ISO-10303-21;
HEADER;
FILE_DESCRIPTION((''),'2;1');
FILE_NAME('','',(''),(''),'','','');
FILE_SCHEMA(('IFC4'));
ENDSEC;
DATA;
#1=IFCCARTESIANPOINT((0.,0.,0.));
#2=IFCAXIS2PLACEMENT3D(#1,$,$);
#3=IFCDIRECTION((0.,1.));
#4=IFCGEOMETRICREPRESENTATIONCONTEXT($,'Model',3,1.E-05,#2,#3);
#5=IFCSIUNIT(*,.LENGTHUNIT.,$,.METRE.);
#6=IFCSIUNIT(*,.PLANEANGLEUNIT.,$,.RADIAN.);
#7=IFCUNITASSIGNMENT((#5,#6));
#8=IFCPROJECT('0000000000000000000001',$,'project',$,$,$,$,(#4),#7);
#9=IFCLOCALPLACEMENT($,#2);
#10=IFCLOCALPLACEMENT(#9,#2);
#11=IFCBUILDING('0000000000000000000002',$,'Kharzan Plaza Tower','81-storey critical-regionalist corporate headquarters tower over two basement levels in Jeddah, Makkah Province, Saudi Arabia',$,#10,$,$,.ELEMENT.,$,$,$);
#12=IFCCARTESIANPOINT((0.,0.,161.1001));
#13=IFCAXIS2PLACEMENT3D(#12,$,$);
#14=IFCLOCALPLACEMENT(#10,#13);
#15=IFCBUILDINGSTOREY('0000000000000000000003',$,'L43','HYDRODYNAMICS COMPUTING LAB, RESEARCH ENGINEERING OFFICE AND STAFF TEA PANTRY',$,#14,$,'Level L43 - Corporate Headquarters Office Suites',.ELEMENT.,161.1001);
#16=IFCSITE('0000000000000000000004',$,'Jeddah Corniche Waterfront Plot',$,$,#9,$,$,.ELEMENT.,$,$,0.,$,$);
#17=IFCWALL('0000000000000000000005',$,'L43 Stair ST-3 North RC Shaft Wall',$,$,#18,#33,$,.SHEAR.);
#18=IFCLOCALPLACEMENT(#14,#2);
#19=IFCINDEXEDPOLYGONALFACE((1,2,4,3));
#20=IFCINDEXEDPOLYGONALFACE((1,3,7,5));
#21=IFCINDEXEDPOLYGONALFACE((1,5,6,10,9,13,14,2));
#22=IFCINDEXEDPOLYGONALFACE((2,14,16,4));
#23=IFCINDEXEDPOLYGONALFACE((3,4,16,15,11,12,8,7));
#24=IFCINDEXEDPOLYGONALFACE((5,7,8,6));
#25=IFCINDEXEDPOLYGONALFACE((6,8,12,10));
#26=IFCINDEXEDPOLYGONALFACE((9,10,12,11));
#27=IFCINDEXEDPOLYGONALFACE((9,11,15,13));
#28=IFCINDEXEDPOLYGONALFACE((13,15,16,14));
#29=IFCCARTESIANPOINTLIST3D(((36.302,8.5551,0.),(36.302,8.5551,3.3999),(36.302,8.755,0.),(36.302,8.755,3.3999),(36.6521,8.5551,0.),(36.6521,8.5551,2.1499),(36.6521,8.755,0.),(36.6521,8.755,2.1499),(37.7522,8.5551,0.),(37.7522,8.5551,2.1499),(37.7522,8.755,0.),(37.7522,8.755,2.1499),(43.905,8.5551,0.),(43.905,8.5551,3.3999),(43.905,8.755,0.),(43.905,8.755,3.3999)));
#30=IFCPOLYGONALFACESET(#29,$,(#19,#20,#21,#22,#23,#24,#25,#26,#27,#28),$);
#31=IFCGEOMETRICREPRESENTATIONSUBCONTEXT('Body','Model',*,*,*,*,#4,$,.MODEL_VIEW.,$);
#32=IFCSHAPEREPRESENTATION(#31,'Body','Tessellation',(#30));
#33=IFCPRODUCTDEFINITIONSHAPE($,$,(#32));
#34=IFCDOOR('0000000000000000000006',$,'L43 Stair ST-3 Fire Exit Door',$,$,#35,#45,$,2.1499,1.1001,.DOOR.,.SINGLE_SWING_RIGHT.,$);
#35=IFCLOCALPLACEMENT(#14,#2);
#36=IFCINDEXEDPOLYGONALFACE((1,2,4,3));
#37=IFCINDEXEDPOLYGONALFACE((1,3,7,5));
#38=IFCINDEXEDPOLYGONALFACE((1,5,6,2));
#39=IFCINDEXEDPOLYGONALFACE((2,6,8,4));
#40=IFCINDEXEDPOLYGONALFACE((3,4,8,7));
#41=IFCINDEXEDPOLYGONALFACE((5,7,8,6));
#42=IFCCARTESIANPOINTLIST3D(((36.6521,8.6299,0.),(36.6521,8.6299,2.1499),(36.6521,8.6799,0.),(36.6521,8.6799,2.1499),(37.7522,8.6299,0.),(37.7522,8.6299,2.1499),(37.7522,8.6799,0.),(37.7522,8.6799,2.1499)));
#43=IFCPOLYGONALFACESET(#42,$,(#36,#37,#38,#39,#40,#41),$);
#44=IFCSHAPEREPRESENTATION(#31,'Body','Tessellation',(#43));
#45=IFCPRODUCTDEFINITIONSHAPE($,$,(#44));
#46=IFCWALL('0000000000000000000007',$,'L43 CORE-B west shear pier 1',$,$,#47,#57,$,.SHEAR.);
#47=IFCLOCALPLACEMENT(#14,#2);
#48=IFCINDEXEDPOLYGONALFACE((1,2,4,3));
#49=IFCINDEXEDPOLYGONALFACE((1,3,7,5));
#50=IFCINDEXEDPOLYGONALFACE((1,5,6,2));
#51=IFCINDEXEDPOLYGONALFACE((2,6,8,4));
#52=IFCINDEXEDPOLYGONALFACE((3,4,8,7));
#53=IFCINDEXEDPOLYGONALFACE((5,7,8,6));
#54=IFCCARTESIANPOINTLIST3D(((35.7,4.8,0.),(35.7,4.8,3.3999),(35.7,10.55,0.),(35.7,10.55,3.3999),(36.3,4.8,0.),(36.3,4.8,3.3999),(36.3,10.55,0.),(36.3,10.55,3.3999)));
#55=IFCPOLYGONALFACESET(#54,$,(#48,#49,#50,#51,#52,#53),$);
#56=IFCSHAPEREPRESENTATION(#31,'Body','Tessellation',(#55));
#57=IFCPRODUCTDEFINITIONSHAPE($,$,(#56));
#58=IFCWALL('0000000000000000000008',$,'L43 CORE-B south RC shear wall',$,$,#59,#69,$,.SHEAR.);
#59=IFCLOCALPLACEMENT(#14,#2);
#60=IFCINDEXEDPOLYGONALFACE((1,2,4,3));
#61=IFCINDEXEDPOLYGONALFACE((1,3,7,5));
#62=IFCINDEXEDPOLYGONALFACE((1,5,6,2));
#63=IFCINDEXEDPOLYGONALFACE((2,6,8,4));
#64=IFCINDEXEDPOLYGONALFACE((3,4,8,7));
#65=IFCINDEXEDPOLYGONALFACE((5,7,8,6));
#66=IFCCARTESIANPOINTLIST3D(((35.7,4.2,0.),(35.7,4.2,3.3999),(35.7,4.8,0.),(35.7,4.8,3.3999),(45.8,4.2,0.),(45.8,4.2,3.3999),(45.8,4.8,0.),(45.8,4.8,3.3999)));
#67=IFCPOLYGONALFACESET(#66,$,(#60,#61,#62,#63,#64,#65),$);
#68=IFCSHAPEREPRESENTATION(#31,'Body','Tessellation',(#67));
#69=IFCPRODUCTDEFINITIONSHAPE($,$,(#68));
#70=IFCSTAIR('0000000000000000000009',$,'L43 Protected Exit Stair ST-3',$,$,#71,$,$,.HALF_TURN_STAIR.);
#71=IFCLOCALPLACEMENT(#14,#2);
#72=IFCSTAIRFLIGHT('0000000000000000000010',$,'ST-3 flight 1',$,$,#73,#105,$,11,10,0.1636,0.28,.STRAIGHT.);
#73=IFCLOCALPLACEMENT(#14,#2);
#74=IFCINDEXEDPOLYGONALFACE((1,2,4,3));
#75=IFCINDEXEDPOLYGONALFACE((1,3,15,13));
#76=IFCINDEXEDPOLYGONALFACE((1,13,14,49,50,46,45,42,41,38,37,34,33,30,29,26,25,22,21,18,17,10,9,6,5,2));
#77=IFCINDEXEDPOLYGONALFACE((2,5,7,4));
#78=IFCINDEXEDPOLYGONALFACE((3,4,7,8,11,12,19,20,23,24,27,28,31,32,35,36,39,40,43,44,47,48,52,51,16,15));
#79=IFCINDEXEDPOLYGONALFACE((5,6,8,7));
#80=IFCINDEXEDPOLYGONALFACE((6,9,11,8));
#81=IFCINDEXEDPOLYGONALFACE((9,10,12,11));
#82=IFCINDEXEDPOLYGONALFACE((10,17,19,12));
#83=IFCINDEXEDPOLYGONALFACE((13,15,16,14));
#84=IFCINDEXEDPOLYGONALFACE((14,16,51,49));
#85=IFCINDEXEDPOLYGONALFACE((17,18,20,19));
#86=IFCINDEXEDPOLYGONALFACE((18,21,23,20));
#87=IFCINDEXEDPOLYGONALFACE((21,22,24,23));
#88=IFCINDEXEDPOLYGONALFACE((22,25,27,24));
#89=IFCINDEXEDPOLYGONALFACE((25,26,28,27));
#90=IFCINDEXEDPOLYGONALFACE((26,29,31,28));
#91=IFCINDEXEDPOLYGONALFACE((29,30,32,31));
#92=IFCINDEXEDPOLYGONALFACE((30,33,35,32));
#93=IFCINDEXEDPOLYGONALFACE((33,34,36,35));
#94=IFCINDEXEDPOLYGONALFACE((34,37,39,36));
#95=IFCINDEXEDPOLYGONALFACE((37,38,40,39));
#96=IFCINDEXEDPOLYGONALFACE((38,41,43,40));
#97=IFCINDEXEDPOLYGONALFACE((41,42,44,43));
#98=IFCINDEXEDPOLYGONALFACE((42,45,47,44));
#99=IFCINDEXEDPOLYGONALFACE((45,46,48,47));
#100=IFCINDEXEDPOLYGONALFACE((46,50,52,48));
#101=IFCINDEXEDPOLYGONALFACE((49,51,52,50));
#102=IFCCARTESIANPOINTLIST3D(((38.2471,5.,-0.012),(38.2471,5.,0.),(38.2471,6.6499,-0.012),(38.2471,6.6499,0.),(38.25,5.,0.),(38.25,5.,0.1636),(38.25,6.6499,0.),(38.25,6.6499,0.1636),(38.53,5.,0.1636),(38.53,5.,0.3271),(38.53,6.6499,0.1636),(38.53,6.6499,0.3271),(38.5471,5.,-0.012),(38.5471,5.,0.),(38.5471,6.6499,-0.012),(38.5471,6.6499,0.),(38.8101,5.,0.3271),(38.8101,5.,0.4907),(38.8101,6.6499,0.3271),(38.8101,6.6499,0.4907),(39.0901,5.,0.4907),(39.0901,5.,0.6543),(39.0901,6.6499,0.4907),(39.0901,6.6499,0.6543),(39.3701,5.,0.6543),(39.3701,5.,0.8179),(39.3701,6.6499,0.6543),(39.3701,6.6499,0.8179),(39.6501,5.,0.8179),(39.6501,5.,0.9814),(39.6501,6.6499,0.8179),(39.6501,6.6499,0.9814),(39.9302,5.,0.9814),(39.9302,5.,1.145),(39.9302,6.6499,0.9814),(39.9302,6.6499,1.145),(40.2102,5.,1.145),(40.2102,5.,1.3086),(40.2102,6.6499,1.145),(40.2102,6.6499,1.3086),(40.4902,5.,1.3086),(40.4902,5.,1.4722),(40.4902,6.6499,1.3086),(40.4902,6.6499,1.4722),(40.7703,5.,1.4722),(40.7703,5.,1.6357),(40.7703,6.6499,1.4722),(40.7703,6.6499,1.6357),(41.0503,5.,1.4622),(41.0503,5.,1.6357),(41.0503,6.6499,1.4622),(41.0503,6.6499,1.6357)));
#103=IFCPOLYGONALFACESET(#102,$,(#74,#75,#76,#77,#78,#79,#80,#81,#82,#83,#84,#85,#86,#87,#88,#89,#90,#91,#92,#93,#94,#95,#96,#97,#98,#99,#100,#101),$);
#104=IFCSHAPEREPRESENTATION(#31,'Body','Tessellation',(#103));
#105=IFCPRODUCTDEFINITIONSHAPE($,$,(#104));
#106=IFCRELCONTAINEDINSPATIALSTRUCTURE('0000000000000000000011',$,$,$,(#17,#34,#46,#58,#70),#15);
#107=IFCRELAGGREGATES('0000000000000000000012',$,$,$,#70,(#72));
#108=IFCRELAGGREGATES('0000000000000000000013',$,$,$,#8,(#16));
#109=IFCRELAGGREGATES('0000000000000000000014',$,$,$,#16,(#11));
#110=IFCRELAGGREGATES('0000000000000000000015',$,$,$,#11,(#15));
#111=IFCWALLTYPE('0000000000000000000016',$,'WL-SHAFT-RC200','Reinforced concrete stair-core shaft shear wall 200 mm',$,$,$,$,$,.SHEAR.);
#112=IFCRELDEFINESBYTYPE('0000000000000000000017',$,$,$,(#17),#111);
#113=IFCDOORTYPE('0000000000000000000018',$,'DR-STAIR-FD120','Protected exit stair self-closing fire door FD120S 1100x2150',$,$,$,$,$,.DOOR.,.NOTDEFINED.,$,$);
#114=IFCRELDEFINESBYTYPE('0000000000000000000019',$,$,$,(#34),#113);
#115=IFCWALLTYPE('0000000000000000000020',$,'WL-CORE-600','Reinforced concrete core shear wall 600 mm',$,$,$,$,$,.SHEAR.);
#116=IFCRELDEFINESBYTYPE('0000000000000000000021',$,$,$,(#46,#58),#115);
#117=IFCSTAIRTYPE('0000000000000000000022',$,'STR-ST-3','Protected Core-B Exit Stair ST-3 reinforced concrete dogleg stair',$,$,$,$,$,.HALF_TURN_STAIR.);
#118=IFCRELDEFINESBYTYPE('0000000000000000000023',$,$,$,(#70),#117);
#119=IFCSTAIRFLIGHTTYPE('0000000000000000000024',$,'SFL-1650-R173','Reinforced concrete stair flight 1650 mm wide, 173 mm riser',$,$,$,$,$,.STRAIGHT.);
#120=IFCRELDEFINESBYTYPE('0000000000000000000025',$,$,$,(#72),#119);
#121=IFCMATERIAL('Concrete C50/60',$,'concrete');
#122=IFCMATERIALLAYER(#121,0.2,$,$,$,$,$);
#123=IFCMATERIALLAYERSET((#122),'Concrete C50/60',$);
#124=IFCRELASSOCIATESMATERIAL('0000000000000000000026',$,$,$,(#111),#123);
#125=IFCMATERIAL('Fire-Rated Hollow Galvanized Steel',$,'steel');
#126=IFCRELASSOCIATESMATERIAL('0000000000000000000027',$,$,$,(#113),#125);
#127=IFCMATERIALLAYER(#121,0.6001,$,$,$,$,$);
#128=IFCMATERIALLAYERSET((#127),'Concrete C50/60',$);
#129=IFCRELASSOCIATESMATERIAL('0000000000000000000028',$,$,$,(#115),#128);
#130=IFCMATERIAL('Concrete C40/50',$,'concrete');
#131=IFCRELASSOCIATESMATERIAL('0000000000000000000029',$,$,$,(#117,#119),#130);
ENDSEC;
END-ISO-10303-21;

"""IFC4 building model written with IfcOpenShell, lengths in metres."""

from ifc_helpers import new_model, si_unit, direction, frame, frame_2d, origin, place, context, subcontext, project, spatial, polyline, rectangle, outline, extrude, source, transform, mapped, material, layer, layer_set, type_object, element, fill, aggregate, save


model = new_model("IFC4")

# Units and contexts
model_context = context("Model", 3, precision=1e-05, world=origin(), true_north=direction((0.0, 1.0)))
body_context = subcontext(model_context, "Body", "Model", "MODEL_VIEW")
ifc_project = project(units=[si_unit("LENGTHUNIT", "METRE"), si_unit("PLANEANGLEUNIT", "RADIAN")], contexts=[model_context])

# Site, building, storey
site_placement = place(None, origin())
site = spatial("IfcSite", under=ifc_project, at=site_placement, Name="Jeddah Corniche Waterfront Plot", CompositionType="ELEMENT", RefElevation=0.0)
building_placement = place(site_placement, origin())
building = spatial("IfcBuilding", under=site, at=building_placement, Name="Kharzan Plaza Tower", Description="81-storey critical-regionalist corporate headquarters tower over two basement levels in Jeddah, Makkah Province, Saudi Arabia", CompositionType="ELEMENT")
storey_placement = place(building_placement, frame((0.0, 0.0, 161.1001)))
storey = spatial("IfcBuildingStorey", under=building, at=storey_placement, Name="L43", Description="HYDRODYNAMICS COMPUTING LAB, RESEARCH ENGINEERING OFFICE AND STAFF TEA PANTRY", LongName="Level L43 - Corporate Headquarters Office Suites", CompositionType="ELEMENT", Elevation=161.1001)

# Shared definitions
ifc_material_1 = material(Name="Concrete C50/60", Category="concrete")

# Shared definitions
ifc_material_2 = material(Name="Concrete C40/50", Category="concrete")

# Wall, opening, door
ifc_layer_1 = layer(ifc_material_1, 0.2)
ifc_layer_set_1 = layer_set([ifc_layer_1], Name="Concrete C50/60")
wall_type_1 = type_object("IfcWallType", Name="WL-SHAFT-RC200", Description="Reinforced concrete stair-core shaft shear wall 200 mm", PredefinedType="SHEAR", material=ifc_layer_set_1)
wall_1_placement = place(storey_placement, frame((36.302, 8.655, 0.0), z_axis=(0.0, 0.0, 1.0), x_axis=(1.0, 0.0, 0.0)))
wall_1 = element("IfcWall", 1, at=wall_1_placement, inside=storey, type_object=wall_type_1, Name="L43 Stair ST-3 North RC Shaft Wall", PredefinedType="SHEAR", context=body_context, shape_type="SweptSolid", body=[
    extrude(rectangle(XDim=7.603, YDim=0.2, at=frame_2d((3.8015, 0.0))), origin(), (0.0, 0.0, 1.0), 3.3999),
])
opening_1_placement = place(wall_1_placement, frame((0.3501, 0.0, 0.0)))
opening_1 = element("IfcOpeningElement", 2, at=opening_1_placement, cuts=wall_1, PredefinedType="OPENING", context=body_context, shape_type="SweptSolid", body=[
    extrude(rectangle(XDim=1.1001, YDim=2.1499, at=frame_2d((0.55, 1.075))), frame((0.0, 0.1099, 0.0), z_axis=(0.0, -1.0, 0.0), x_axis=(1.0, 0.0, 0.0)), (0.0, 0.0, 1.0), 0.22),
])
ifc_material_3 = material(Name="Fire-Rated Hollow Galvanized Steel", Category="steel")
door_type = type_object("IfcDoorType", Name="DR-STAIR-FD120", Description="Protected exit stair self-closing fire door FD120S 1100x2150", OperationType="NOTDEFINED", PredefinedType="DOOR", material=ifc_material_3)
shared_shape_1 = source(origin(), body_context, "Body", "SweptSolid", [
    extrude(rectangle(XDim=1.1001, YDim=2.1499, at=frame_2d((0.55, 1.075))), frame((0.0, 0.0249, 0.0), z_axis=(0.0, -1.0, 0.0), x_axis=(1.0, 0.0, 0.0)), (0.0, 0.0, 1.0), 0.05),
])
door_placement = place(opening_1_placement, origin())
door = element("IfcDoor", 3, at=door_placement, inside=storey, type_object=door_type, Name="L43 Stair ST-3 Fire Exit Door", OperationType="SINGLE_SWING_RIGHT", OverallHeight=2.1499, OverallWidth=1.1001, PredefinedType="DOOR", context=body_context, shape_type="MappedRepresentation", body=[
    mapped(shared_shape_1, transform((0.0, 0.0, 0.0), x_axis=(1.0, 0.0, 0.0), y_axis=(0.0, 1.0, 0.0), z_axis=(0.0, 0.0, 1.0))),
])
fill(opening_1, door)

# Walls
ifc_layer_2 = layer(ifc_material_1, 0.6001)
ifc_layer_set_2 = layer_set([ifc_layer_2], Name="Concrete C50/60")
wall_type_2 = type_object("IfcWallType", Name="WL-CORE-600", Description="Reinforced concrete core shear wall 600 mm", PredefinedType="SHEAR", material=ifc_layer_set_2)
shared_shape_2 = source(origin(), body_context, "Body", "SweptSolid", [
    extrude(rectangle(XDim=5.75, YDim=0.6001, at=frame_2d((2.875, 0.0))), origin(), (0.0, 0.0, 1.0), 3.3999),
])
wall_2_placement = place(storey_placement, frame((36.0, 4.8, 0.0), z_axis=(0.0, 0.0, 1.0), x_axis=(0.0, 1.0, 0.0)))
element("IfcWall", 4, at=wall_2_placement, inside=storey, type_object=wall_type_2, Name="L43 CORE-B west shear pier 1", PredefinedType="SHEAR", context=body_context, shape_type="MappedRepresentation", body=[
    mapped(shared_shape_2, transform((0.0, 0.0, 0.0), x_axis=(1.0, 0.0, 0.0), y_axis=(0.0, 1.0, 0.0), z_axis=(0.0, 0.0, 1.0))),
])
shared_shape_3 = source(origin(), body_context, "Body", "SweptSolid", [
    extrude(rectangle(XDim=10.1001, YDim=0.6001, at=frame_2d((5.05, 0.0))), origin(), (0.0, 0.0, 1.0), 3.3999),
])
wall_3_placement = place(storey_placement, frame((35.7, 4.5, 0.0), z_axis=(0.0, 0.0, 1.0), x_axis=(1.0, 0.0, 0.0)))
element("IfcWall", 5, at=wall_3_placement, inside=storey, type_object=wall_type_2, Name="L43 CORE-B south RC shear wall", PredefinedType="SHEAR", context=body_context, shape_type="MappedRepresentation", body=[
    mapped(shared_shape_3, transform((0.0, 0.0, 0.0), x_axis=(1.0, 0.0, 0.0), y_axis=(0.0, 1.0, 0.0), z_axis=(0.0, 0.0, 1.0))),
])

# Stair, stair flight
stair_type = type_object("IfcStairType", Name="STR-ST-3", Description="Protected Core-B Exit Stair ST-3 reinforced concrete dogleg stair", PredefinedType="HALF_TURN_STAIR", material=ifc_material_2)
stair_placement = place(storey_placement, origin())
stair = element("IfcStair", 6, at=stair_placement, inside=storey, type_object=stair_type, Name="L43 Protected Exit Stair ST-3", PredefinedType="HALF_TURN_STAIR")
stair_flight_type = type_object("IfcStairFlightType", Name="SFL-1650-R173", Description="Reinforced concrete stair flight 1650 mm wide, 173 mm riser", PredefinedType="STRAIGHT", material=ifc_material_2)
shared_shape_4 = source(origin(), body_context, "Body", "SweptSolid", [
    extrude(outline(polyline([(-0.0029, -0.012), (-0.0029, 0.0), (0.0, 0.0), (0.0, 0.1636), (0.28, 0.1636), (0.28, 0.3271), (0.5601, 0.3271), (0.5601, 0.4907), (0.8401, 0.4907), (0.8401, 0.6543), (1.1201, 0.6543), (1.1201, 0.8179), (1.4001, 0.8179), (1.4001, 0.9814), (1.6802, 0.9814), (1.6802, 1.145), (1.9602, 1.145), (1.9602, 1.3086), (2.2402, 1.3086), (2.2402, 1.4722), (2.5203, 1.4722), (2.5203, 1.6357), (2.8003, 1.6357), (2.8003, 1.7993), (2.8003, 1.4622), (0.2971, 0.0), (0.2971, -0.012), (-0.0029, -0.012)])), frame((0.0, 0.825, 0.0), z_axis=(0.0, -1.0, 0.0), x_axis=(1.0, 0.0, 0.0)), (0.0, 0.0, 1.0), 1.6499),
])
stair_flight_placement = place(storey_placement, frame((38.25, 5.825, 0.0), z_axis=(0.0, 0.0, 1.0), x_axis=(1.0, 0.0, 0.0)))
stair_flight = element("IfcStairFlight", 7, at=stair_flight_placement, type_object=stair_flight_type, Name="ST-3 flight 1", NumberOfRisers=11, NumberOfTreads=10, PredefinedType="STRAIGHT", RiserHeight=0.1636, TreadLength=0.28, context=body_context, shape_type="MappedRepresentation", body=[
    mapped(shared_shape_4, transform((0.0, 0.0, 0.0), x_axis=(1.0, 0.0, 0.0), y_axis=(0.0, 1.0, 0.0), z_axis=(0.0, 0.0, 1.0))),
])
aggregate(stair, [stair_flight])

save(model, "model.ifc")
